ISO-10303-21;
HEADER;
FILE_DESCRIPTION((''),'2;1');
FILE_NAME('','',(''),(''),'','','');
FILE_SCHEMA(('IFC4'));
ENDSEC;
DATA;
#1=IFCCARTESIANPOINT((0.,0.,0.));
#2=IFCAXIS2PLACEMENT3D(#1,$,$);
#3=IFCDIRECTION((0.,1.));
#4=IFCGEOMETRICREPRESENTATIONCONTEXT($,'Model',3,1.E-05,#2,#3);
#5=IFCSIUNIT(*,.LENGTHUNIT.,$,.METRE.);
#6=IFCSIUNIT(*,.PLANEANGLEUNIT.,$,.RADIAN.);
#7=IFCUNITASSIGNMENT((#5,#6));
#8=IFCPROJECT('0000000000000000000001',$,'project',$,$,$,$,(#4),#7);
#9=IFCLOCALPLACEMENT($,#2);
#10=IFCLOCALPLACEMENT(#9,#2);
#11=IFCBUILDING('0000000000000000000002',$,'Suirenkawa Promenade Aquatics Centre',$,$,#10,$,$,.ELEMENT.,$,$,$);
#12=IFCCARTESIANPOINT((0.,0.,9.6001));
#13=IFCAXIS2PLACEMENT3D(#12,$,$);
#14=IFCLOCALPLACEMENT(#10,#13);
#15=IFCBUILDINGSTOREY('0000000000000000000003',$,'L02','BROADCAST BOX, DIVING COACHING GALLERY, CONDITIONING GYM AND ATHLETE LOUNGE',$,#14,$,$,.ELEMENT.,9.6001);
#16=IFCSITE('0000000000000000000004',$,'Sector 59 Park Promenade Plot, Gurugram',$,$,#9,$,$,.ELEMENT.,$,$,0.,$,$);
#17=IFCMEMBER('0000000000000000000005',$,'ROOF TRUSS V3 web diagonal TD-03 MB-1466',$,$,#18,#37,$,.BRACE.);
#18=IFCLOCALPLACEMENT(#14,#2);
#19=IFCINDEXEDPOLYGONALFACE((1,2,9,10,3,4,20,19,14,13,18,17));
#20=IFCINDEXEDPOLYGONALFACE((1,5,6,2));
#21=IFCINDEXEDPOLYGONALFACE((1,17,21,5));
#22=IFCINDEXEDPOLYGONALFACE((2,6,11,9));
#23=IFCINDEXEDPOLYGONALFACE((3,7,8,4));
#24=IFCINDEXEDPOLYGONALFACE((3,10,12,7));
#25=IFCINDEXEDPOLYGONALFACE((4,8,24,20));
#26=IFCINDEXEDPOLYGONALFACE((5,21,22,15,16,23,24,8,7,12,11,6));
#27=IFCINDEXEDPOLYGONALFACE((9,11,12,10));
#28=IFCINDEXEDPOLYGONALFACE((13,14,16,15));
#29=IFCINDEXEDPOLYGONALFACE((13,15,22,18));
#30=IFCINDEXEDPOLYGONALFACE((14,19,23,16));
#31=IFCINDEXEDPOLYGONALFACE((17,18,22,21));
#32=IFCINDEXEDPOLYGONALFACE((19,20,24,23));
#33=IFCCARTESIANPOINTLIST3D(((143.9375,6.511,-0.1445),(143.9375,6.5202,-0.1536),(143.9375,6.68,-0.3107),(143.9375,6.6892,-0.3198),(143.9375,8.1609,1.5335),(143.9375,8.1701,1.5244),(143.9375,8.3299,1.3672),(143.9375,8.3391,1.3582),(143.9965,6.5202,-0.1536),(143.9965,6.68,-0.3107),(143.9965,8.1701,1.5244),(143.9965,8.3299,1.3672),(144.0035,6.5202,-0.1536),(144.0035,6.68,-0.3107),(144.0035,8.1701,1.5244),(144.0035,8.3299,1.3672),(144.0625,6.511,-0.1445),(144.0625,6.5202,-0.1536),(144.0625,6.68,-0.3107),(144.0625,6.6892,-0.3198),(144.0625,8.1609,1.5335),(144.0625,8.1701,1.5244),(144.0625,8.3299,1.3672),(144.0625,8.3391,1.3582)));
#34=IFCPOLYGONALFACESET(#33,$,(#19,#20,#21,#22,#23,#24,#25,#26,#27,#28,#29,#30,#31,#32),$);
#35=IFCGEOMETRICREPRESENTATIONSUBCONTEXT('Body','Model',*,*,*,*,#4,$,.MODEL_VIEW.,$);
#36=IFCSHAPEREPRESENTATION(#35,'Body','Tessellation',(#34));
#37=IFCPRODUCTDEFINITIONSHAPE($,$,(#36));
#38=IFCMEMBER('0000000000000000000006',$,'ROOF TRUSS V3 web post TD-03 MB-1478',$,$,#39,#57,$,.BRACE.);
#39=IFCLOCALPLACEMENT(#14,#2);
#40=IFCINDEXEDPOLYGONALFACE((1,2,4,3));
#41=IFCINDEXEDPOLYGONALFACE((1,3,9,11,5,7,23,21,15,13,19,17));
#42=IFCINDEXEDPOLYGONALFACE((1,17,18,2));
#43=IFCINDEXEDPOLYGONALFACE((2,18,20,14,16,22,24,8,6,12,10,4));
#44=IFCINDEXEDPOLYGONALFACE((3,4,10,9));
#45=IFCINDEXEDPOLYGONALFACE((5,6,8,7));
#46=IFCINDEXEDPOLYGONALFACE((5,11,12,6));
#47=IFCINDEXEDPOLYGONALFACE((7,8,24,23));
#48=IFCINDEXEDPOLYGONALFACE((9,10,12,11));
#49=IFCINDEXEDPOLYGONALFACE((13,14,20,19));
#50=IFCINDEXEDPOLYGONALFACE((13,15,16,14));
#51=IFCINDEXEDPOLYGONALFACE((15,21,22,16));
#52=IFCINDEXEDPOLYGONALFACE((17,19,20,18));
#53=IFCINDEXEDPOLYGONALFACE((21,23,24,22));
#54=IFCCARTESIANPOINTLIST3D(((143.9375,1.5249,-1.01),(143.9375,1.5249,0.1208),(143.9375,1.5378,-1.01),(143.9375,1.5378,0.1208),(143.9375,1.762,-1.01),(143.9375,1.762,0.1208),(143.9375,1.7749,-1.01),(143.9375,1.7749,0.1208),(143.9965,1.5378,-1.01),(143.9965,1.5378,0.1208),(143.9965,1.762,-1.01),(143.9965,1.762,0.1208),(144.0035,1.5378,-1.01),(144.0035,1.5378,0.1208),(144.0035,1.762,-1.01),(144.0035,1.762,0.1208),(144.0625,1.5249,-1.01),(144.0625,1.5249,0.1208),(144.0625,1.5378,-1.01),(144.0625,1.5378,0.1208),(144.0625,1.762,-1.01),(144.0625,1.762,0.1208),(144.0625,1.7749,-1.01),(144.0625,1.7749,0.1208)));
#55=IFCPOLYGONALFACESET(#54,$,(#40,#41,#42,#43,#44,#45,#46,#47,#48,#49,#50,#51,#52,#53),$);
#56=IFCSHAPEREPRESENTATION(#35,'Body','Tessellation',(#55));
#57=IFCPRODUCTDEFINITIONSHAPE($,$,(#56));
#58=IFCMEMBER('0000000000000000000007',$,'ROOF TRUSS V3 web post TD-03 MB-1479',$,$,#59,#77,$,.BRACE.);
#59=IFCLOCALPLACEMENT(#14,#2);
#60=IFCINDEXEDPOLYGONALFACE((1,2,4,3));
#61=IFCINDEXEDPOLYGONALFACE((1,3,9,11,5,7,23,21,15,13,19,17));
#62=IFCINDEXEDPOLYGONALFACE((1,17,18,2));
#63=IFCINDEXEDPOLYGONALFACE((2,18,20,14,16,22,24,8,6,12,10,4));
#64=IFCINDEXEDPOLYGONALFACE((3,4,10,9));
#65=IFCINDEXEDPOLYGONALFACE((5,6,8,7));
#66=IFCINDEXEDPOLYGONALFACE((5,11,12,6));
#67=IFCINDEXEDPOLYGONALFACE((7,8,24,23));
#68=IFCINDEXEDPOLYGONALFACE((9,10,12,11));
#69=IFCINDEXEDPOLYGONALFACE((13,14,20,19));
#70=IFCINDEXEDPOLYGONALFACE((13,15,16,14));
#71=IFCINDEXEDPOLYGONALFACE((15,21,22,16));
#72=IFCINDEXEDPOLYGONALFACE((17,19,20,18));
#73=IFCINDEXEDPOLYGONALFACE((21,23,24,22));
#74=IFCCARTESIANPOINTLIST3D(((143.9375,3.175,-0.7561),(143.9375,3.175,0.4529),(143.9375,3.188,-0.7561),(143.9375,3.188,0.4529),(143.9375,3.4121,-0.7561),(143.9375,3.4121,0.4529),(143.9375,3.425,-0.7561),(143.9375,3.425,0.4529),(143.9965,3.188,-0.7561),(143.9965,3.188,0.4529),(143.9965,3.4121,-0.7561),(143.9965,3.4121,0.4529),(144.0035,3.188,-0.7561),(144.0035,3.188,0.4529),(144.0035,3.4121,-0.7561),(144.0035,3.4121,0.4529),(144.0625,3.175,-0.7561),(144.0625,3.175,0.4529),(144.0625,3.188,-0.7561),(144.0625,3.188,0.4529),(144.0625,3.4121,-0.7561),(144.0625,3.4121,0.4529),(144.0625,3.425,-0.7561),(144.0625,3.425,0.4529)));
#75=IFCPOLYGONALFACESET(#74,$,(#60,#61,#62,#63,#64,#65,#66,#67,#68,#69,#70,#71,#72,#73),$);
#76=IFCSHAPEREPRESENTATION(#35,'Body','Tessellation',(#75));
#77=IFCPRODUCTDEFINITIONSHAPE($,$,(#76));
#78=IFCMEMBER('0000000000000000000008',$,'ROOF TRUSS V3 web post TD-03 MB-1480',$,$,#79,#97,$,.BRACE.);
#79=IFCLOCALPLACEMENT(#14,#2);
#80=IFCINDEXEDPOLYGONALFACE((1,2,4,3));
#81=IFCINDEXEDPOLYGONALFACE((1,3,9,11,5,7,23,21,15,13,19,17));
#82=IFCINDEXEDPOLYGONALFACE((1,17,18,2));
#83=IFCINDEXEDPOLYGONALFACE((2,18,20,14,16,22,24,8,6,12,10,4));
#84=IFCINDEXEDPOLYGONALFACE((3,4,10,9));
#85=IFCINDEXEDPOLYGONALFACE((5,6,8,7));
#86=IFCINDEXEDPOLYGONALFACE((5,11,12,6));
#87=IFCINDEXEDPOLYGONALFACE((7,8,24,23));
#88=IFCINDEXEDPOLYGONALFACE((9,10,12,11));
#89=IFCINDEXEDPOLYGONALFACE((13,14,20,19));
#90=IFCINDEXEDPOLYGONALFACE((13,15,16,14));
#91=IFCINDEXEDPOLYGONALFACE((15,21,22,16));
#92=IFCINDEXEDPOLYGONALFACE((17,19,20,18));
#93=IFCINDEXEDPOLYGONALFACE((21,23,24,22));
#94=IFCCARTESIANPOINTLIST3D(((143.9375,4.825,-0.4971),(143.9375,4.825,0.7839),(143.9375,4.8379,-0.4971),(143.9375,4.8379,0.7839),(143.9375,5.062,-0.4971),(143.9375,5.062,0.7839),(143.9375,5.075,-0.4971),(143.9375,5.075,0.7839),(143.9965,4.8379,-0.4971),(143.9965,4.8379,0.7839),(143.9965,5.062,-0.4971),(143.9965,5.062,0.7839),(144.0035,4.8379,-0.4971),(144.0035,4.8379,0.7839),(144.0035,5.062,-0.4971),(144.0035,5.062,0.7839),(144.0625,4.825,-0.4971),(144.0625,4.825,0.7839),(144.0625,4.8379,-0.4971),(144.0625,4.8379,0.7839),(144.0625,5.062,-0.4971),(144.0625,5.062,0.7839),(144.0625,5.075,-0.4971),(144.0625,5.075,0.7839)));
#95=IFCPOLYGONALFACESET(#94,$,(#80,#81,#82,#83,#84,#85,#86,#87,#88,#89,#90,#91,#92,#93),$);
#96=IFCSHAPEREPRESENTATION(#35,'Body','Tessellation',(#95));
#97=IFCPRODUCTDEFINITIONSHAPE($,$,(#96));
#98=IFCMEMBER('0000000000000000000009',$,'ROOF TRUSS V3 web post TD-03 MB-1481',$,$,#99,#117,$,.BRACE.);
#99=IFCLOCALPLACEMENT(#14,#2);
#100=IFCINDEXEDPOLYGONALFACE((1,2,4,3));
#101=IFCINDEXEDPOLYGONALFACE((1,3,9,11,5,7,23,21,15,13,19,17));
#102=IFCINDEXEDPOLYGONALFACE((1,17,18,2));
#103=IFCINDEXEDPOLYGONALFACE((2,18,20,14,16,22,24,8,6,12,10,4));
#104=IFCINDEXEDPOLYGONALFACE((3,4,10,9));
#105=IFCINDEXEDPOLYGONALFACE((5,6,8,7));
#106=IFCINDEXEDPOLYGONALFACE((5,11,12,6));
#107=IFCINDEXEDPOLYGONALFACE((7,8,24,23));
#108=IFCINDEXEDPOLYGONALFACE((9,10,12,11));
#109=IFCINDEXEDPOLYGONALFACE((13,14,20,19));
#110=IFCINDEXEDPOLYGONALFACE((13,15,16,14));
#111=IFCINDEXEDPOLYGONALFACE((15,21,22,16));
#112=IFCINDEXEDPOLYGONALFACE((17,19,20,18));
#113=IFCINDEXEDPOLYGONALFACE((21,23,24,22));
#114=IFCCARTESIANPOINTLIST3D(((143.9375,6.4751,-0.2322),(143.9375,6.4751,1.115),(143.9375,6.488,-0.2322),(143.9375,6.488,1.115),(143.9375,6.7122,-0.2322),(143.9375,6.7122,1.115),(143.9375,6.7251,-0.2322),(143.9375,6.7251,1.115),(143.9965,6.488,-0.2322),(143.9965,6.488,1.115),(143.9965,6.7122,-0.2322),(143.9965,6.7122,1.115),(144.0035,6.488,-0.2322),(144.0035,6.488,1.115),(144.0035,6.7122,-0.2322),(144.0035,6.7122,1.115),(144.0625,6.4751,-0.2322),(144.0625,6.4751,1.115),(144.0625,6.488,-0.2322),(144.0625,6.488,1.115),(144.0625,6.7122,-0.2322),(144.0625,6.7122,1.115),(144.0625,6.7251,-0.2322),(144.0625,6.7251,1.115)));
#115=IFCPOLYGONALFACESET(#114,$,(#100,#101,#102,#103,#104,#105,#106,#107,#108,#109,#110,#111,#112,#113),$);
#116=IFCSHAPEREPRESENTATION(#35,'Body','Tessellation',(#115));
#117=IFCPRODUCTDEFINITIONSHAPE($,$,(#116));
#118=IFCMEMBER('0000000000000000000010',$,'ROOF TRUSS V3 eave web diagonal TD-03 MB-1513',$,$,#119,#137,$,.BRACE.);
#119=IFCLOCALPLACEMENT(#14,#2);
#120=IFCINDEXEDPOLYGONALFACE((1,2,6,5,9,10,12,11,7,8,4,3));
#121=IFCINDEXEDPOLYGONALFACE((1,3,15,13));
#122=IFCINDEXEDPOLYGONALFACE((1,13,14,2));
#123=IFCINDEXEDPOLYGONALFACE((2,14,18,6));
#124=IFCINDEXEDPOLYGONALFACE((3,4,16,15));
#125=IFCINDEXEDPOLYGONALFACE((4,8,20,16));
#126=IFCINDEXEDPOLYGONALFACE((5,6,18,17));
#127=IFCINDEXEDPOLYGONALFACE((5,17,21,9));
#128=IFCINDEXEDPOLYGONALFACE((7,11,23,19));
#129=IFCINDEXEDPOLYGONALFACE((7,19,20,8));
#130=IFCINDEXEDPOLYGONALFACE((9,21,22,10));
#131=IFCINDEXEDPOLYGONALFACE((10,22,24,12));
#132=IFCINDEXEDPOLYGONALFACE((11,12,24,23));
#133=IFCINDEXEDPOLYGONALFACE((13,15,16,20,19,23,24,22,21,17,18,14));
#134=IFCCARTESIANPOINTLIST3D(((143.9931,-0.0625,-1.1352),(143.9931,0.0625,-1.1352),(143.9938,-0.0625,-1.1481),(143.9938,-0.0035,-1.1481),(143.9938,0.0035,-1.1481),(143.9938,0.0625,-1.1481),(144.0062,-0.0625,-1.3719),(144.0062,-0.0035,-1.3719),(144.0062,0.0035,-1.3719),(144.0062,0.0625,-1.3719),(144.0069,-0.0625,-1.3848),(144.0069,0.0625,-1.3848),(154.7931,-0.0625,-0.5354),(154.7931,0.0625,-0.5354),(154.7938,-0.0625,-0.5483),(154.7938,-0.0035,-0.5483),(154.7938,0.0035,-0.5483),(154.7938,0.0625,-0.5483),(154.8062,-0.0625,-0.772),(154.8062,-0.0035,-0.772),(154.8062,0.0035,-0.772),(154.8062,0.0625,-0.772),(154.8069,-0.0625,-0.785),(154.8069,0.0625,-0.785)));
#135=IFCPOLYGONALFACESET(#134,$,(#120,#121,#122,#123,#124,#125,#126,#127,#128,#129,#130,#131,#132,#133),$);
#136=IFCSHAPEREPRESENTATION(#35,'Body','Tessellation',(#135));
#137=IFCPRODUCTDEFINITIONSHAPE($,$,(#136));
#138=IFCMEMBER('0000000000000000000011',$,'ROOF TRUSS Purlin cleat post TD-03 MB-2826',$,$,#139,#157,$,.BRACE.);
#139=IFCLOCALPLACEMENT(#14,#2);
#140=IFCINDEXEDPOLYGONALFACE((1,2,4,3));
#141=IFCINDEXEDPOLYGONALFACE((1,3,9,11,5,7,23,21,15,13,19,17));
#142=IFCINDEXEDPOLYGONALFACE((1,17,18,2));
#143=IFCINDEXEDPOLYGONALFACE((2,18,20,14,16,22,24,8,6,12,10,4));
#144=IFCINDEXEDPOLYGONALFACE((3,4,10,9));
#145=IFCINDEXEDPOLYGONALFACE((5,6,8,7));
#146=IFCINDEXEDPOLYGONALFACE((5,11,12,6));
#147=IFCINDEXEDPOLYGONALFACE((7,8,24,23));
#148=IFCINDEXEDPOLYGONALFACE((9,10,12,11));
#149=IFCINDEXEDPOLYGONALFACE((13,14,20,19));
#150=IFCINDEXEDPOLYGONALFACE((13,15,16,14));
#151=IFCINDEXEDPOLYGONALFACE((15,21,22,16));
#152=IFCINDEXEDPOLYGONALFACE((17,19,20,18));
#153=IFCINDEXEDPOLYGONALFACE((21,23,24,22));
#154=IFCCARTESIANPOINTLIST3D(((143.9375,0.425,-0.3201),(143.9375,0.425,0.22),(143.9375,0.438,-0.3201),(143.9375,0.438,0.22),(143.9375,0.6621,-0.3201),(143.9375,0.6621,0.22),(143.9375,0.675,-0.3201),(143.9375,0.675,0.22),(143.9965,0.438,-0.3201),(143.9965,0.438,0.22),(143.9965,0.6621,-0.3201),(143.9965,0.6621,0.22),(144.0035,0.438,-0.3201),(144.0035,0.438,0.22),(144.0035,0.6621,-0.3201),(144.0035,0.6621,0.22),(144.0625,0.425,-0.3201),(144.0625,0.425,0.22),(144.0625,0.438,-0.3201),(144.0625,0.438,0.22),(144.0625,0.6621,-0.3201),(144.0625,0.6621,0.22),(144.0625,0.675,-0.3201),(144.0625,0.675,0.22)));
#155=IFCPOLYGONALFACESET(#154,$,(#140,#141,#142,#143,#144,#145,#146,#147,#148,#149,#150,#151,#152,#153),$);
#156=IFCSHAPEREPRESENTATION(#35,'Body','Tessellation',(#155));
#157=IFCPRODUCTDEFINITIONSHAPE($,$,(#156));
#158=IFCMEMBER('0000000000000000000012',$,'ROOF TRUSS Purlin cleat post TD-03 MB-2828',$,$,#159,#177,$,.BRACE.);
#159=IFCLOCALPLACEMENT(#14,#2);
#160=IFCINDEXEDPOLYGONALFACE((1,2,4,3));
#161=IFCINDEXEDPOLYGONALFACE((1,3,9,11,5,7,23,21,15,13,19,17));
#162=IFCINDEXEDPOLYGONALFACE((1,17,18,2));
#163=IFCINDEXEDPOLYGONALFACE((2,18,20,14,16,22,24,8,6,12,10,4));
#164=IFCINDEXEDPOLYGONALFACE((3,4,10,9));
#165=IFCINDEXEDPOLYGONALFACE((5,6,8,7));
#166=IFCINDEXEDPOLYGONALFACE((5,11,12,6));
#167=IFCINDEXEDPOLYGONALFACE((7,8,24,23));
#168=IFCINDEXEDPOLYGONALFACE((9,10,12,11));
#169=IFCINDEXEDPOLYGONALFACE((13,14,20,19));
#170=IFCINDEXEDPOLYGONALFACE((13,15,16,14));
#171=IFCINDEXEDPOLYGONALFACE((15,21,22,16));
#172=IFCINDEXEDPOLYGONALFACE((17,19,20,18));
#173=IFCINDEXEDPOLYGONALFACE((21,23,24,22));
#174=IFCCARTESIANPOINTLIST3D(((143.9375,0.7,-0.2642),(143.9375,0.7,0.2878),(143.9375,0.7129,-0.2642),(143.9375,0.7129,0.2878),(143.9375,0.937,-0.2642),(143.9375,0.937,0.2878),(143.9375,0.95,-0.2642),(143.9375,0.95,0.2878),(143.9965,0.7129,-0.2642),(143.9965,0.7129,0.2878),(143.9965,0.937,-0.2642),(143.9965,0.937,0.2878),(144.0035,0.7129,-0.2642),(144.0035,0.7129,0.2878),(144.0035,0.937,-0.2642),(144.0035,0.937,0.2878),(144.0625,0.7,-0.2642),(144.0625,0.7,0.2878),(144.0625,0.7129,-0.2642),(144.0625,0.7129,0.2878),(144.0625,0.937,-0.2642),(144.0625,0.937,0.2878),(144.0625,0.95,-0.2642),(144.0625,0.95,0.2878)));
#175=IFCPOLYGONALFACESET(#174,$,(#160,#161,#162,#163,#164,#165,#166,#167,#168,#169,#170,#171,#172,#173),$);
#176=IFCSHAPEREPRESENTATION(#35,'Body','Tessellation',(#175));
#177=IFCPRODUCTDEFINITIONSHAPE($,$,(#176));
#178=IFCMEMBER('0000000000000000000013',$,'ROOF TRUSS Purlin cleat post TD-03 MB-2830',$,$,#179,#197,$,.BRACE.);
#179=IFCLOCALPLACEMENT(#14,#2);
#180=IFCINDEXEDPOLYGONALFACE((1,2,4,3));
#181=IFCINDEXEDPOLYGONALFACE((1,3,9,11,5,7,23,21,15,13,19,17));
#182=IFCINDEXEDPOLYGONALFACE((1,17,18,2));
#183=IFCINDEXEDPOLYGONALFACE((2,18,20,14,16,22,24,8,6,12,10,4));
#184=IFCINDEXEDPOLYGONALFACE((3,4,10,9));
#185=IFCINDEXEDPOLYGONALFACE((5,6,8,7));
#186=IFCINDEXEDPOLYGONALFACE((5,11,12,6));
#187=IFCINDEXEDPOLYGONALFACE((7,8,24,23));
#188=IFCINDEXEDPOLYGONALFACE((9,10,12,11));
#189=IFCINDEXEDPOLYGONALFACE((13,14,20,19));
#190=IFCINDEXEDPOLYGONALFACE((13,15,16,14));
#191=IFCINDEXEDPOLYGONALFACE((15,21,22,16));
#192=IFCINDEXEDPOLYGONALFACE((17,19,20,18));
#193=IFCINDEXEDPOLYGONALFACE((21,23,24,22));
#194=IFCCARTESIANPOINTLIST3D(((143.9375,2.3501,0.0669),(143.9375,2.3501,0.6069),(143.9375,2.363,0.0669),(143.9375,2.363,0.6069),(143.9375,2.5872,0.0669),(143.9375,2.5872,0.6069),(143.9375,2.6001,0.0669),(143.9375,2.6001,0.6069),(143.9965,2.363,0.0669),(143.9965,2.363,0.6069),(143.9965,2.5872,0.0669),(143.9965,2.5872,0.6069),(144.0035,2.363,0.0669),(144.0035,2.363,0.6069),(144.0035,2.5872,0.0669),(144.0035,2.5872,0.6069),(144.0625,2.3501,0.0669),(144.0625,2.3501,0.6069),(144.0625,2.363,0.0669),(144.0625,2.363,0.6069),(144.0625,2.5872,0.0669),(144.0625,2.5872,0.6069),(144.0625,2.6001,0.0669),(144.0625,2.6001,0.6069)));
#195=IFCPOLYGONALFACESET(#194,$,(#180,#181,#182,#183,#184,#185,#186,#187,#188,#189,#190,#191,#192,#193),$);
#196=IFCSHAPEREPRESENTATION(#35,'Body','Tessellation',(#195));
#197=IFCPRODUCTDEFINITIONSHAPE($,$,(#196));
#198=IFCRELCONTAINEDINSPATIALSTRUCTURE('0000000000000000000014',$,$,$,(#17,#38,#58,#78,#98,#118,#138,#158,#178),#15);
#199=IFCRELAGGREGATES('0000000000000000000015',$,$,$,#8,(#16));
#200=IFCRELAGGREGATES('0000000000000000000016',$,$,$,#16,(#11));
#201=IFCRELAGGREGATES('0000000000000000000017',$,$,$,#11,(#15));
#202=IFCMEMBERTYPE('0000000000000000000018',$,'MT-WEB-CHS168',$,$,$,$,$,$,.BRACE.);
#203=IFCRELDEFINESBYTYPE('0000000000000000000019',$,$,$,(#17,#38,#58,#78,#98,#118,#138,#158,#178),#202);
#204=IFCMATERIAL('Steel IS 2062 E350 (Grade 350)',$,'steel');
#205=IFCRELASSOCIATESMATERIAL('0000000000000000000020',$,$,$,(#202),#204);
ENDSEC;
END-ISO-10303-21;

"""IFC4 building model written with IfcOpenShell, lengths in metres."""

from ifc_helpers import new_model, si_unit, direction, frame, origin, origin_2d, place, context, subcontext, project, spatial, i_section, extrude, material, material_profile, profile_set, type_object, element, save


model = new_model("IFC4")

# Units and contexts
model_context = context("Model", 3, precision=1e-05, world=origin(), true_north=direction((0.0, 1.0)))
body_context = subcontext(model_context, "Body", "Model", "MODEL_VIEW")
ifc_project = project(units=[si_unit("LENGTHUNIT", "METRE"), si_unit("PLANEANGLEUNIT", "RADIAN")], contexts=[model_context])

# Site, building, storey
site_placement = place(None, origin())
site = spatial("IfcSite", under=ifc_project, at=site_placement, Name="Sector 59 Park Promenade Plot, Gurugram", CompositionType="ELEMENT", RefElevation=0.0)
building_placement = place(site_placement, origin())
building = spatial("IfcBuilding", under=site, at=building_placement, Name="Suirenkawa Promenade Aquatics Centre", CompositionType="ELEMENT")
storey_placement = place(building_placement, frame((0.0, 0.0, 9.6001)))
storey = spatial("IfcBuildingStorey", under=building, at=storey_placement, Name="L02", Description="BROADCAST BOX, DIVING COACHING GALLERY, CONDITIONING GYM AND ATHLETE LOUNGE", CompositionType="ELEMENT", Elevation=9.6001)

# Shared definitions
ifc_material = material(Name="Steel IS 2062 E350 (Grade 350)", Category="steel")

# Members
ifc_material_profile_1 = material_profile(ifc_material, i_section(OverallWidth=0.125, OverallDepth=0.25, WebThickness=0.0071, FlangeThickness=0.0129, at=origin_2d()), Name="ISMB 250", Category="steel")
ifc_profile_set_1 = profile_set([ifc_material_profile_1], Name="Steel IS 2062 E350 (Grade 350)")
member_type_1 = type_object("IfcMemberType", Name="MT-WEB-CHS168", PredefinedType="BRACE", material=ifc_profile_set_1)
member_1_placement = place(storey_placement, frame((144.0, 6.6001, -0.2322), z_axis=(0.0, 0.701116, 0.713047), x_axis=(-1.0, 0.0, 0.0)))
element("IfcMember", 1, at=member_1_placement, inside=storey, type_object=member_type_1, Name="ROOF TRUSS V3 web diagonal TD-03 MB-1466", PredefinedType="BRACE", context=body_context, shape_type="SweptSolid", body=[
    extrude(i_section(OverallWidth=0.125, OverallDepth=0.25, WebThickness=0.0071, FlangeThickness=0.0129, at=origin_2d()), origin(), (0.0, 0.0, 1.0), 2.3533),
])
member_2_placement = place(storey_placement, frame((144.0, 1.6499, -1.01), z_axis=(0.0, 0.0, 1.0), x_axis=(1.0, 0.0, 0.0)))
element("IfcMember", 2, at=member_2_placement, inside=storey, type_object=member_type_1, Name="ROOF TRUSS V3 web post TD-03 MB-1478", PredefinedType="BRACE", context=body_context, shape_type="SweptSolid", body=[
    extrude(i_section(OverallWidth=0.125, OverallDepth=0.25, WebThickness=0.0071, FlangeThickness=0.0129, at=origin_2d()), origin(), (0.0, 0.0, 1.0), 1.1309),
])
member_3_placement = place(storey_placement, frame((144.0, 3.3, -0.7561), z_axis=(0.0, 0.0, 1.0), x_axis=(1.0, 0.0, 0.0)))
element("IfcMember", 3, at=member_3_placement, inside=storey, type_object=member_type_1, Name="ROOF TRUSS V3 web post TD-03 MB-1479", PredefinedType="BRACE", context=body_context, shape_type="SweptSolid", body=[
    extrude(i_section(OverallWidth=0.125, OverallDepth=0.25, WebThickness=0.0071, FlangeThickness=0.0129, at=origin_2d()), origin(), (0.0, 0.0, 1.0), 1.209),
])
member_4_placement = place(storey_placement, frame((144.0, 4.95, -0.4971), z_axis=(0.0, 0.0, 1.0), x_axis=(1.0, 0.0, 0.0)))
element("IfcMember", 4, at=member_4_placement, inside=storey, type_object=member_type_1, Name="ROOF TRUSS V3 web post TD-03 MB-1480", PredefinedType="BRACE", context=body_context, shape_type="SweptSolid", body=[
    extrude(i_section(OverallWidth=0.125, OverallDepth=0.25, WebThickness=0.0071, FlangeThickness=0.0129, at=origin_2d()), origin(), (0.0, 0.0, 1.0), 1.281),
])
member_5_placement = place(storey_placement, frame((144.0, 6.6001, -0.2322), z_axis=(0.0, 0.0, 1.0), x_axis=(1.0, 0.0, 0.0)))
element("IfcMember", 5, at=member_5_placement, inside=storey, type_object=member_type_1, Name="ROOF TRUSS V3 web post TD-03 MB-1481", PredefinedType="BRACE", context=body_context, shape_type="SweptSolid", body=[
    extrude(i_section(OverallWidth=0.125, OverallDepth=0.25, WebThickness=0.0071, FlangeThickness=0.0129, at=origin_2d()), origin(), (0.0, 0.0, 1.0), 1.3472),
])
member_6_placement = place(storey_placement, frame((144.0, 0.0, -1.26), z_axis=(0.998461, 0.0, 0.055456), x_axis=(0.0, 1.0, 0.0)))
element("IfcMember", 6, at=member_6_placement, inside=storey, type_object=member_type_1, Name="ROOF TRUSS V3 eave web diagonal TD-03 MB-1513", PredefinedType="BRACE", context=body_context, shape_type="SweptSolid", body=[
    extrude(i_section(OverallWidth=0.125, OverallDepth=0.25, WebThickness=0.0071, FlangeThickness=0.0129, at=origin_2d()), origin(), (0.0, 0.0, 1.0), 10.8167),
])
member_7_placement = place(storey_placement, frame((144.0, 0.55, -0.3201), z_axis=(0.0, 0.0, 1.0), x_axis=(1.0, 0.0, 0.0)))
element("IfcMember", 7, at=member_7_placement, inside=storey, type_object=member_type_1, Name="ROOF TRUSS Purlin cleat post TD-03 MB-2826", PredefinedType="BRACE", context=body_context, shape_type="SweptSolid", body=[
    extrude(i_section(OverallWidth=0.125, OverallDepth=0.25, WebThickness=0.0071, FlangeThickness=0.0129, at=origin_2d()), origin(), (0.0, 0.0, 1.0), 0.54),
])
member_8_placement = place(storey_placement, frame((144.0, 0.825, -0.2642), z_axis=(0.0, 0.0, 1.0), x_axis=(1.0, 0.0, 0.0)))
element("IfcMember", 8, at=member_8_placement, inside=storey, type_object=member_type_1, Name="ROOF TRUSS Purlin cleat post TD-03 MB-2828", PredefinedType="BRACE", context=body_context, shape_type="SweptSolid", body=[
    extrude(i_section(OverallWidth=0.125, OverallDepth=0.25, WebThickness=0.0071, FlangeThickness=0.0129, at=origin_2d()), origin(), (0.0, 0.0, 1.0), 0.552),
])
member_9_placement = place(storey_placement, frame((144.0, 2.4751, 0.0669), z_axis=(0.0, 0.0, 1.0), x_axis=(1.0, 0.0, 0.0)))
element("IfcMember", 9, at=member_9_placement, inside=storey, type_object=member_type_1, Name="ROOF TRUSS Purlin cleat post TD-03 MB-2830", PredefinedType="BRACE", context=body_context, shape_type="SweptSolid", body=[
    extrude(i_section(OverallWidth=0.125, OverallDepth=0.25, WebThickness=0.0071, FlangeThickness=0.0129, at=origin_2d()), origin(), (0.0, 0.0, 1.0), 0.54),
])

save(model, "model.ifc")
